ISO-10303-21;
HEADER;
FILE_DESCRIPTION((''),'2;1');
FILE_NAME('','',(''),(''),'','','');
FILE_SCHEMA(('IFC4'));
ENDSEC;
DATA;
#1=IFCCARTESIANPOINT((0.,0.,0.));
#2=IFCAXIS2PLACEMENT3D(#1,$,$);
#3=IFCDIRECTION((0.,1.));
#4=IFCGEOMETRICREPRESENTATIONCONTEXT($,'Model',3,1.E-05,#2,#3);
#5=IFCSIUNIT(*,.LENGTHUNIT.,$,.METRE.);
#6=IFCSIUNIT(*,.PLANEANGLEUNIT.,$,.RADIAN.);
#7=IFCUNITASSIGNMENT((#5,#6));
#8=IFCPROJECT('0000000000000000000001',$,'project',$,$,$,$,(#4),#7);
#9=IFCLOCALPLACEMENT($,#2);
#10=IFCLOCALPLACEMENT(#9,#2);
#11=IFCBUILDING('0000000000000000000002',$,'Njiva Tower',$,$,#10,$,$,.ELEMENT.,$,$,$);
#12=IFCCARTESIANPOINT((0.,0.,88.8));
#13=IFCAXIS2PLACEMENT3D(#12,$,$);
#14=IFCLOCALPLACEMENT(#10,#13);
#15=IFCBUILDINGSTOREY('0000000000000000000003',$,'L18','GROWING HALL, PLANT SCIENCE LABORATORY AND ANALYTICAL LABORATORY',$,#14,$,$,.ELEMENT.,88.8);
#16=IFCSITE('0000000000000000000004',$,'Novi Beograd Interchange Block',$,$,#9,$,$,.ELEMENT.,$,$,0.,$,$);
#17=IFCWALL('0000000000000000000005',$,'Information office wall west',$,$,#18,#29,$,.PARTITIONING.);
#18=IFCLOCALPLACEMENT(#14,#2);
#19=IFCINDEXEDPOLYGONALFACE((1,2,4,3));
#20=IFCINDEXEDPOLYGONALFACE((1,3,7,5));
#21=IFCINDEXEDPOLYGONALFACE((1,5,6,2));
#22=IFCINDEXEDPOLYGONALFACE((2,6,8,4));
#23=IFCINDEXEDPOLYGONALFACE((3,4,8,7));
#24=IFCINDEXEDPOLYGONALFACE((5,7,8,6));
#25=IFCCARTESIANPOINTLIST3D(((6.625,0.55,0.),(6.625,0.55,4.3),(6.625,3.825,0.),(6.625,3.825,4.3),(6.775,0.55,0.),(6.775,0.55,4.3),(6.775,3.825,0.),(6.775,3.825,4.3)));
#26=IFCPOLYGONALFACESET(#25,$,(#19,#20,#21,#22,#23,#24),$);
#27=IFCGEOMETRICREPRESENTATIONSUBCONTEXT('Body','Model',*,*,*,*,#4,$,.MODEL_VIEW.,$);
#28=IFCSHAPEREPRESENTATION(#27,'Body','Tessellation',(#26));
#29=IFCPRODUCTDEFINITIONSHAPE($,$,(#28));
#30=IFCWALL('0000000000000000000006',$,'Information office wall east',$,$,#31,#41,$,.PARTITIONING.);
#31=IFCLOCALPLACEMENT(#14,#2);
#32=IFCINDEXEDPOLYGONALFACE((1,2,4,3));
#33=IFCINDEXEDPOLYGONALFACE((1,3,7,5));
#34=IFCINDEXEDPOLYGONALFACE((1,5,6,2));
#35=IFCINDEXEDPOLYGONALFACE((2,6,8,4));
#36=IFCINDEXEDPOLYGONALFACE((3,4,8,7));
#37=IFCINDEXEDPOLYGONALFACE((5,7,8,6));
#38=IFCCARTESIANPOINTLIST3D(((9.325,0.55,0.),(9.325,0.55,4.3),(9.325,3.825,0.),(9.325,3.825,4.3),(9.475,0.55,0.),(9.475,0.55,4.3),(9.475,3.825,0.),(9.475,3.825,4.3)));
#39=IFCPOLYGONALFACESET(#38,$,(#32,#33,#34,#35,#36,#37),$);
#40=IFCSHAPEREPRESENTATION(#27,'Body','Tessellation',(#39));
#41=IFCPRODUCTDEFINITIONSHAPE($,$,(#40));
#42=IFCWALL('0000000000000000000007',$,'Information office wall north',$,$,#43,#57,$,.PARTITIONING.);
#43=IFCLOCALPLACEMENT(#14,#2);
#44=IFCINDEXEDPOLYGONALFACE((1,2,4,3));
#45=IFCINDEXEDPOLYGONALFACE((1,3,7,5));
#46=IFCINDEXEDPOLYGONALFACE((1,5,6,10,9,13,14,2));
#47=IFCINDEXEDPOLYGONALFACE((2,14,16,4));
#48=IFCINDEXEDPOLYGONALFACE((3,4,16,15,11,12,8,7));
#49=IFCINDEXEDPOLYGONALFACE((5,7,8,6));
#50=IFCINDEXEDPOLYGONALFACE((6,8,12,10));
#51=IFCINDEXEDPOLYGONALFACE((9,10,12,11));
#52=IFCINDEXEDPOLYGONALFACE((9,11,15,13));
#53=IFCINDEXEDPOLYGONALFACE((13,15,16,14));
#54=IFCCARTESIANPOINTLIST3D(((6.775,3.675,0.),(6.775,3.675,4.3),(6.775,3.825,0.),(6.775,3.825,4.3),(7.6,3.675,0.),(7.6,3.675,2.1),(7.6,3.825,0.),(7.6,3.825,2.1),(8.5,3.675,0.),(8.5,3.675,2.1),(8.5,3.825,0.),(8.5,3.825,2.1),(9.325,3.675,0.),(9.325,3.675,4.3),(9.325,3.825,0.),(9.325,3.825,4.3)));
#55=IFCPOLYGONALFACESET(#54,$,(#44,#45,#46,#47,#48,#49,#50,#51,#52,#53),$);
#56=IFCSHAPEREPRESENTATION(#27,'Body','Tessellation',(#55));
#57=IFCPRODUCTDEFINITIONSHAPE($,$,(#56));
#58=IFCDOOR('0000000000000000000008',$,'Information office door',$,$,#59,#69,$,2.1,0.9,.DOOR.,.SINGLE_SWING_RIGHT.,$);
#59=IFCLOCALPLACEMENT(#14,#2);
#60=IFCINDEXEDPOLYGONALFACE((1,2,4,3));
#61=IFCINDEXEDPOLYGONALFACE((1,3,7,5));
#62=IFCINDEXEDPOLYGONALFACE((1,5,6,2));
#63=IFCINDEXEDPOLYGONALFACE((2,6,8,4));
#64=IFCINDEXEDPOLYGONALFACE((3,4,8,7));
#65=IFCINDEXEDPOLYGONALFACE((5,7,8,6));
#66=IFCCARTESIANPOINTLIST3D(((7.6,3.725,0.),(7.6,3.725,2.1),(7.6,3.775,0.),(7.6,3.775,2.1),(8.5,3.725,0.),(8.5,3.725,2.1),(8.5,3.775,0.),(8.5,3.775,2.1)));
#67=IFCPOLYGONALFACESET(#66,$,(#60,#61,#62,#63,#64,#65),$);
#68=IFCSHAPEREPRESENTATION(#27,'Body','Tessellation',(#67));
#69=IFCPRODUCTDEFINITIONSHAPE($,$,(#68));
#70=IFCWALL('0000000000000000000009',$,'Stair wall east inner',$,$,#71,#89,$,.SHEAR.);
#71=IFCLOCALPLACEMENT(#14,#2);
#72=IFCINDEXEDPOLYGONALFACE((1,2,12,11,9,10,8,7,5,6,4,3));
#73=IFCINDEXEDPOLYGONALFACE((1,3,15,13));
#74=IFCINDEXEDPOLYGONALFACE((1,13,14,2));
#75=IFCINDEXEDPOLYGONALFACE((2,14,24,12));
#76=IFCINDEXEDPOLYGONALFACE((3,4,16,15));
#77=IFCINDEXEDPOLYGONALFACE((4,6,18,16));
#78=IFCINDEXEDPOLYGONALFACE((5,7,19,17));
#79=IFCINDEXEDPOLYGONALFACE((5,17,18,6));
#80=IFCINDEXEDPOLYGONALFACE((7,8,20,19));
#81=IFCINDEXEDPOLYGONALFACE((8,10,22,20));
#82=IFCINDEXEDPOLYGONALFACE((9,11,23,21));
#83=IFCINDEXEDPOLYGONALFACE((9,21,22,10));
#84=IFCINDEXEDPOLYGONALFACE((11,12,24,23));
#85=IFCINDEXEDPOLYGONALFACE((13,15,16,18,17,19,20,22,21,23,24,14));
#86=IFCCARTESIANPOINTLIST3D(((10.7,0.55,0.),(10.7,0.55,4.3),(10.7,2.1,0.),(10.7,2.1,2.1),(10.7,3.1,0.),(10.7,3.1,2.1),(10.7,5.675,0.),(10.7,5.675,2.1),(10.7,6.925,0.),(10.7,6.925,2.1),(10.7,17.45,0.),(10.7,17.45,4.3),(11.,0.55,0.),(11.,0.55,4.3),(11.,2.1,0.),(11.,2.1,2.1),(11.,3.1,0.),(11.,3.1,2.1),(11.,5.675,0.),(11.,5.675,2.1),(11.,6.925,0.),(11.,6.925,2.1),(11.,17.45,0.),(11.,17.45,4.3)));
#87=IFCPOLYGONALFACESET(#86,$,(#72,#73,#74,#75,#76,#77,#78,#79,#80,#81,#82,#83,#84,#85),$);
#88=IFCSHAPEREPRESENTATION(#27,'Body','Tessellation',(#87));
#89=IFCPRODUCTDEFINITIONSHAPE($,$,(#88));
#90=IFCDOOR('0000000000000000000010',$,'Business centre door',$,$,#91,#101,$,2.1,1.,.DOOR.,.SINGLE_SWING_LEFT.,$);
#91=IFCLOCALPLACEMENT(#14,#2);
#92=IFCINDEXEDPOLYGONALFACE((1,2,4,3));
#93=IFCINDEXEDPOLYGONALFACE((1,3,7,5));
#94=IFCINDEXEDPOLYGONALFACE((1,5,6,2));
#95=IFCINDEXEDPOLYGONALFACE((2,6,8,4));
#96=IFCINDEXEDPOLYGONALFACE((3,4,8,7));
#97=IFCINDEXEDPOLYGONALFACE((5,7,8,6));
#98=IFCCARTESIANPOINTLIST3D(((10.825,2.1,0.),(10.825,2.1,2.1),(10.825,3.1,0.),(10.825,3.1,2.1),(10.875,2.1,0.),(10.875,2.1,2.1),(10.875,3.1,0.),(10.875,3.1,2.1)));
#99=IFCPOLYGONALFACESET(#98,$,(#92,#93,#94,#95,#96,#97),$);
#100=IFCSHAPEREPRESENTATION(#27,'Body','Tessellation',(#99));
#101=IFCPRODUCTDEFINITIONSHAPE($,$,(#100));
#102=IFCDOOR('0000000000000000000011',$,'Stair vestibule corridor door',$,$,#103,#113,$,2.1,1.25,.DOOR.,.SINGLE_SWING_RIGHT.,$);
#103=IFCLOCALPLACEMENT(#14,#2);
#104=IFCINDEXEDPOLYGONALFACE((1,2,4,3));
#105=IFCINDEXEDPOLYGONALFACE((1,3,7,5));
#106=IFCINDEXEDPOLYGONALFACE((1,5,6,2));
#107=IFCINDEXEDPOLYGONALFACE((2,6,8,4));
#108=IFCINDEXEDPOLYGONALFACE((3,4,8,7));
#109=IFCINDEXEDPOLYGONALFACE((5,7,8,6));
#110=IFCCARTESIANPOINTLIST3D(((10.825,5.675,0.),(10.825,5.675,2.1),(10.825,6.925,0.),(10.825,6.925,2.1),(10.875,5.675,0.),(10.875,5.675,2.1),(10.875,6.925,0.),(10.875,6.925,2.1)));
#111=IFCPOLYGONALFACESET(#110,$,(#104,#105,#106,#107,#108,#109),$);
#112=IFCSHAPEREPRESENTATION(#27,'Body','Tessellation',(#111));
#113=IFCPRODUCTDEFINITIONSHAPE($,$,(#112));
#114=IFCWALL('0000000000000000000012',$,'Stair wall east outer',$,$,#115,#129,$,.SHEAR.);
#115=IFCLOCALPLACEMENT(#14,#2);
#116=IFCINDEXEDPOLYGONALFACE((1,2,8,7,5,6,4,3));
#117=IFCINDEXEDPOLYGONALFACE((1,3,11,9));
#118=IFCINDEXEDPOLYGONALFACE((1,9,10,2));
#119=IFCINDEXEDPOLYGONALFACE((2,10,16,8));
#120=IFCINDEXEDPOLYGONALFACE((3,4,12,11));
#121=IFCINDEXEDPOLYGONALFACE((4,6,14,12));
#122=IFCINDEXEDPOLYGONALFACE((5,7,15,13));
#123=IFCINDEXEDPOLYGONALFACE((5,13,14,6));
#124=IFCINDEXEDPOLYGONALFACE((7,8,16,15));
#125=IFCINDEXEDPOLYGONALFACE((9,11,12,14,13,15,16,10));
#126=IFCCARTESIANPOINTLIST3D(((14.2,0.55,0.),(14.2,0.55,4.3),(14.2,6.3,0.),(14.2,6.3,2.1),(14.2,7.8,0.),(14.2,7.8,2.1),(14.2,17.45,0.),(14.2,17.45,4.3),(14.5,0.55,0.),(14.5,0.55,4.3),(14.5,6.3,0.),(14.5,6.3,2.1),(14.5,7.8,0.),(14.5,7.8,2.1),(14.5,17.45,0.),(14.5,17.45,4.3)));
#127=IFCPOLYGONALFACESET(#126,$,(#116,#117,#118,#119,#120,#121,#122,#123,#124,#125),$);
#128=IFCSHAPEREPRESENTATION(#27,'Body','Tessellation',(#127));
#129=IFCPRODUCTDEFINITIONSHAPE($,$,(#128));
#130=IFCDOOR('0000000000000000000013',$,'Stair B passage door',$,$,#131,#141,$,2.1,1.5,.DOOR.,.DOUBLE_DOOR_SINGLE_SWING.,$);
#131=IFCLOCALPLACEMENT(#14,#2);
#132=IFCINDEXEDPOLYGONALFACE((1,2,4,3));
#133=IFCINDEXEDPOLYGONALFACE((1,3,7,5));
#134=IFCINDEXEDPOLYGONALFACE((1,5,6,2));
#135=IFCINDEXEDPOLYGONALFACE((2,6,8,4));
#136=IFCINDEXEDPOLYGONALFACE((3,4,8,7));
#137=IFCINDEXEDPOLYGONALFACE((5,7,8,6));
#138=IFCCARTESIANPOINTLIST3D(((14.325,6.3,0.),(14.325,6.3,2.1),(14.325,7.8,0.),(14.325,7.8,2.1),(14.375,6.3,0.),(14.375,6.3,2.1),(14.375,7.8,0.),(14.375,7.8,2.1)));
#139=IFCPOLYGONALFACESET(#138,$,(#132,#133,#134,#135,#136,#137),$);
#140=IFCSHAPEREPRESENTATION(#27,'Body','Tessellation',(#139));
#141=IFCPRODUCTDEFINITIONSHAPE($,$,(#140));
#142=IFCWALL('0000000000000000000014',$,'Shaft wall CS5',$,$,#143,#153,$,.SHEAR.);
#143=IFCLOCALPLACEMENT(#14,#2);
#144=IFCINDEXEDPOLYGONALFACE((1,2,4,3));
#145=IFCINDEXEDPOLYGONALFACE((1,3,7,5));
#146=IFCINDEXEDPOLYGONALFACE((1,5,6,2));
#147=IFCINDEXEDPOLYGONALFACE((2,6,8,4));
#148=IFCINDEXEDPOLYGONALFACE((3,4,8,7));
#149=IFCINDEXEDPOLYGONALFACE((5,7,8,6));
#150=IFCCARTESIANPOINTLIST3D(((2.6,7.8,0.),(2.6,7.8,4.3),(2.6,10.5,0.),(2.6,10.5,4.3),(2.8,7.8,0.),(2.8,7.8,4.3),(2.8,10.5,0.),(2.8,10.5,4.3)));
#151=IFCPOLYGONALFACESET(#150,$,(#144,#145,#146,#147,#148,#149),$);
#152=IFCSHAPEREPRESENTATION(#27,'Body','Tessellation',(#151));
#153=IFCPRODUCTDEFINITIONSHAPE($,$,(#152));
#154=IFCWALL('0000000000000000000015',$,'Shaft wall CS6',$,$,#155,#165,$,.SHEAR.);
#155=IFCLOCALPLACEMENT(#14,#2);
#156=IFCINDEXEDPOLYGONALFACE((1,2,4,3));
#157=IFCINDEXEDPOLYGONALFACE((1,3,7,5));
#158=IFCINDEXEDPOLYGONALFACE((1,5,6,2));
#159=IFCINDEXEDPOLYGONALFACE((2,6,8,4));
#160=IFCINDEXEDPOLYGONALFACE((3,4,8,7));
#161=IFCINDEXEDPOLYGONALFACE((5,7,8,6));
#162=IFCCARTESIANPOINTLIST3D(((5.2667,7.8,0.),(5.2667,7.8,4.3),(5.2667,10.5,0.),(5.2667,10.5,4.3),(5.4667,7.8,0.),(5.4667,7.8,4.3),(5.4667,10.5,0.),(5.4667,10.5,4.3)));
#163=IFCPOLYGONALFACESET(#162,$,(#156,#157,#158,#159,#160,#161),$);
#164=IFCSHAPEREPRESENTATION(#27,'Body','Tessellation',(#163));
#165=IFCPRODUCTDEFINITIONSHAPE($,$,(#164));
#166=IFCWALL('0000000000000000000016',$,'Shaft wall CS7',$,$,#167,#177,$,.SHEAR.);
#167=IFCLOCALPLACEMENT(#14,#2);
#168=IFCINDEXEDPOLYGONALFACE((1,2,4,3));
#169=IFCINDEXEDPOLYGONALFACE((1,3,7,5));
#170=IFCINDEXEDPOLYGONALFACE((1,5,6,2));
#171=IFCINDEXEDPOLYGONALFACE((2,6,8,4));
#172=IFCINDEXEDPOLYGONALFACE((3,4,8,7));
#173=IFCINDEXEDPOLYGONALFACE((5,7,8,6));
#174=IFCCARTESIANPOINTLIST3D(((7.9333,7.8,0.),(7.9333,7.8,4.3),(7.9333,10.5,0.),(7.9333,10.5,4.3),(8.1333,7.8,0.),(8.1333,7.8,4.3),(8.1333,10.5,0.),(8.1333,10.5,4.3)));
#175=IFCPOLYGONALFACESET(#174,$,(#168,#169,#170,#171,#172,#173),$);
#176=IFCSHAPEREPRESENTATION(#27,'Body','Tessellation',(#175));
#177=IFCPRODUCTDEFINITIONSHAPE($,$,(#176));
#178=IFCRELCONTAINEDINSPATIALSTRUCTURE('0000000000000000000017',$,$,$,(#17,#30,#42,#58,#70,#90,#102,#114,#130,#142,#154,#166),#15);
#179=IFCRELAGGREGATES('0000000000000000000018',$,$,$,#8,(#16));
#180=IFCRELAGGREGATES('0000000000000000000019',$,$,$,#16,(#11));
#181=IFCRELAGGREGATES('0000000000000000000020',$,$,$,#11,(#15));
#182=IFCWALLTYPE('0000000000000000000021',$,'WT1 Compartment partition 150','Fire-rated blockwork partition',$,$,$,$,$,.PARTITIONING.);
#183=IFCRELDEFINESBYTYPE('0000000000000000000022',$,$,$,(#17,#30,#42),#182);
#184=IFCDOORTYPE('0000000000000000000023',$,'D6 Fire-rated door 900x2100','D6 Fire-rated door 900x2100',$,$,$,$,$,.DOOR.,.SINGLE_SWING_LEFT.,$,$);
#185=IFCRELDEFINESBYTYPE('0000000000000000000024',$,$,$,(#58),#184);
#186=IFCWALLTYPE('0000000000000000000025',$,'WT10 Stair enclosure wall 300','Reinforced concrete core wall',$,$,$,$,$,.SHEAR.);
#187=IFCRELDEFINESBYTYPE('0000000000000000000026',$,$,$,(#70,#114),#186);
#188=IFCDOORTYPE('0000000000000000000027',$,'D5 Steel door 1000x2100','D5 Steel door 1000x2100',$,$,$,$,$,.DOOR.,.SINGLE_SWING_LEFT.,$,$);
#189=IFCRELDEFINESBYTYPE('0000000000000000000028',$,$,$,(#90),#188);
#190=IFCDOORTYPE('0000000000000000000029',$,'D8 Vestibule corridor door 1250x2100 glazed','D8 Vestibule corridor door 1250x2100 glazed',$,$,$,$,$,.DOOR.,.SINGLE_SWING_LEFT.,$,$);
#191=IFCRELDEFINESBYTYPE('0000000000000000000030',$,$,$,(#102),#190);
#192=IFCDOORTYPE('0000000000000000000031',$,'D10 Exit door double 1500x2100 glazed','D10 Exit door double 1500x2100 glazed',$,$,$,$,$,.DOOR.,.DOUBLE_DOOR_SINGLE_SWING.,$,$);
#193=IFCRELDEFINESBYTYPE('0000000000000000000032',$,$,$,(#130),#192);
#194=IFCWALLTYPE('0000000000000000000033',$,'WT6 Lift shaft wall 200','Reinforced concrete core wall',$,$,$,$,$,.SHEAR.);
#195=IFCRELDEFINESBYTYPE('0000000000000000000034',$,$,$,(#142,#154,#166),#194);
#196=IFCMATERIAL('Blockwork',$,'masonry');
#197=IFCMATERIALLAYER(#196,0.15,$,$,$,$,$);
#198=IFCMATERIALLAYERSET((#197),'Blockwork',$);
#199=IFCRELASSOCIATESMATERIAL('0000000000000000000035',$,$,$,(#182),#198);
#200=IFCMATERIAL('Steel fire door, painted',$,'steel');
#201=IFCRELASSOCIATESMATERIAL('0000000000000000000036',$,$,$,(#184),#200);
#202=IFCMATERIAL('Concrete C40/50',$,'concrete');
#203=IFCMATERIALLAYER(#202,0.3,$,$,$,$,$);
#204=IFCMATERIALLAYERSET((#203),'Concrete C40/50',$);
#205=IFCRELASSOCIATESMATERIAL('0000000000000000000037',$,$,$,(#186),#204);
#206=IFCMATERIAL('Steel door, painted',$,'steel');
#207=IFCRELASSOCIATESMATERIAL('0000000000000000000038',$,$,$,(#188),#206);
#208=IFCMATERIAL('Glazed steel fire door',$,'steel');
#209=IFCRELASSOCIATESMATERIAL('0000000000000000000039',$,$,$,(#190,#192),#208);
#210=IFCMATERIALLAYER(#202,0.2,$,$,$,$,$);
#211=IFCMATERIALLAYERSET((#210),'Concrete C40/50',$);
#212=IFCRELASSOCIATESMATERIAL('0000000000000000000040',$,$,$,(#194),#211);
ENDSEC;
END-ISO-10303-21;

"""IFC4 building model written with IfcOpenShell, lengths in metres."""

from ifc_helpers import new_model, si_unit, direction, frame, frame_2d, origin, place, context, subcontext, project, spatial, rectangle, extrude, material, layer, layer_set, type_object, element, fill, save


model = new_model("IFC4")

# Units and contexts
model_context = context("Model", 3, precision=1e-05, world=origin(), true_north=direction((0.0, 1.0)))
body_context = subcontext(model_context, "Body", "Model", "MODEL_VIEW")
ifc_project = project(units=[si_unit("LENGTHUNIT", "METRE"), si_unit("PLANEANGLEUNIT", "RADIAN")], contexts=[model_context])

# Site, building, storey
site_placement = place(None, origin())
site = spatial("IfcSite", under=ifc_project, at=site_placement, Name="Novi Beograd Interchange Block", CompositionType="ELEMENT", RefElevation=0.0)
building_placement = place(site_placement, origin())
building = spatial("IfcBuilding", under=site, at=building_placement, Name="Njiva Tower", CompositionType="ELEMENT")
storey_placement = place(building_placement, frame((0.0, 0.0, 88.8)))
storey = spatial("IfcBuildingStorey", under=building, at=storey_placement, Name="L18", Description="GROWING HALL, PLANT SCIENCE LABORATORY AND ANALYTICAL LABORATORY", CompositionType="ELEMENT", Elevation=88.8)

# Shared definitions
ifc_material_1 = material(Name="Concrete C40/50", Category="concrete")

# Walls
ifc_material_2 = material(Name="Blockwork", Category="masonry")
ifc_layer_1 = layer(ifc_material_2, 0.15)
ifc_layer_set_1 = layer_set([ifc_layer_1], Name="Blockwork")
wall_type_1 = type_object("IfcWallType", Name="WT1 Compartment partition 150", Description="Fire-rated blockwork partition", PredefinedType="PARTITIONING", material=ifc_layer_set_1)
for number, where, z_axis, x_axis, name in (
    (1, (6.7, 0.55, 0.0), (0.0, 0.0, 1.0), (0.0, 1.0, 0.0), "Information office wall west"),
    (2, (9.4, 0.55, 0.0), (0.0, 0.0, 1.0), (0.0, 1.0, 0.0), "Information office wall east"),
):
    element("IfcWall", number, at=place(storey_placement, frame(where, z_axis=z_axis, x_axis=x_axis)), inside=storey, type_object=wall_type_1, Name=name, PredefinedType="PARTITIONING", context=body_context, shape_type="SweptSolid", body=[
        extrude(rectangle(XDim=3.275, YDim=0.15, at=frame_2d((1.6375, 0.0))), origin(), (0.0, 0.0, 1.0), 4.3),
    ])

# Wall, opening, door
wall_1_placement = place(storey_placement, frame((6.775, 3.75, 0.0), z_axis=(0.0, 0.0, 1.0), x_axis=(1.0, 0.0, 0.0)))
wall_1 = element("IfcWall", 3, at=wall_1_placement, inside=storey, type_object=wall_type_1, Name="Information office wall north", PredefinedType="PARTITIONING", context=body_context, shape_type="SweptSolid", body=[
    extrude(rectangle(XDim=2.55, YDim=0.15, at=frame_2d((1.275, 0.0))), origin(), (0.0, 0.0, 1.0), 4.3),
])
opening_1_placement = place(wall_1_placement, frame((0.825, 0.0, 0.0)))
opening_1 = element("IfcOpeningElement", 4, at=opening_1_placement, cuts=wall_1, PredefinedType="OPENING", context=body_context, shape_type="SweptSolid", body=[
    extrude(rectangle(XDim=0.9, YDim=2.1, at=frame_2d((0.45, 1.05))), frame((0.0, 0.085, 0.0), z_axis=(0.0, -1.0, 0.0), x_axis=(1.0, 0.0, 0.0)), (0.0, 0.0, 1.0), 0.17),
])
ifc_material_3 = material(Name="Steel fire door, painted", Category="steel")
door_type_1 = type_object("IfcDoorType", Name="D6 Fire-rated door 900x2100", Description="D6 Fire-rated door 900x2100", OperationType="SINGLE_SWING_LEFT", PredefinedType="DOOR", material=ifc_material_3)
door_1_placement = place(opening_1_placement, origin())
door_1 = element("IfcDoor", 5, at=door_1_placement, inside=storey, type_object=door_type_1, Name="Information office door", OperationType="SINGLE_SWING_RIGHT", OverallHeight=2.1, OverallWidth=0.9, PredefinedType="DOOR", context=body_context, shape_type="SweptSolid", body=[
    extrude(rectangle(XDim=0.9, YDim=2.1, at=frame_2d((0.45, 1.05))), frame((0.0, 0.025, 0.0), z_axis=(0.0, -1.0, 0.0), x_axis=(1.0, 0.0, 0.0)), (0.0, 0.0, 1.0), 0.05),
])
fill(opening_1, door_1)

# Wall, openings, doors
ifc_layer_2 = layer(ifc_material_1, 0.3)
ifc_layer_set_2 = layer_set([ifc_layer_2], Name="Concrete C40/50")
wall_type_2 = type_object("IfcWallType", Name="WT10 Stair enclosure wall 300", Description="Reinforced concrete core wall", PredefinedType="SHEAR", material=ifc_layer_set_2)
wall_2_placement = place(storey_placement, frame((10.85, 0.55, 0.0), z_axis=(0.0, 0.0, 1.0), x_axis=(0.0, 1.0, 0.0)))
wall_2 = element("IfcWall", 6, at=wall_2_placement, inside=storey, type_object=wall_type_2, Name="Stair wall east inner", PredefinedType="SHEAR", context=body_context, shape_type="SweptSolid", body=[
    extrude(rectangle(XDim=16.9, YDim=0.3, at=frame_2d((8.45, 0.0))), origin(), (0.0, 0.0, 1.0), 4.3),
])
opening_2_placement = place(wall_2_placement, frame((5.125, 0.0, 0.0)))
opening_2 = element("IfcOpeningElement", 7, at=opening_2_placement, cuts=wall_2, PredefinedType="OPENING", context=body_context, shape_type="SweptSolid", body=[
    extrude(rectangle(XDim=1.25, YDim=2.1, at=frame_2d((0.625, 1.05))), frame((0.0, 0.16, 0.0), z_axis=(0.0, -1.0, 0.0), x_axis=(1.0, 0.0, 0.0)), (0.0, 0.0, 1.0), 0.32),
])
opening_3_placement = place(wall_2_placement, frame((1.55, 0.0, 0.0)))
opening_3 = element("IfcOpeningElement", 8, at=opening_3_placement, cuts=wall_2, PredefinedType="OPENING", context=body_context, shape_type="SweptSolid", body=[
    extrude(rectangle(XDim=1.0, YDim=2.1, at=frame_2d((0.5, 1.05))), frame((0.0, 0.16, 0.0), z_axis=(0.0, -1.0, 0.0), x_axis=(1.0, 0.0, 0.0)), (0.0, 0.0, 1.0), 0.32),
])
ifc_material_4 = material(Name="Steel door, painted", Category="steel")
door_type_2 = type_object("IfcDoorType", Name="D5 Steel door 1000x2100", Description="D5 Steel door 1000x2100", OperationType="SINGLE_SWING_LEFT", PredefinedType="DOOR", material=ifc_material_4)
door_2_placement = place(opening_3_placement, origin())
door_2 = element("IfcDoor", 9, at=door_2_placement, inside=storey, type_object=door_type_2, Name="Business centre door", OperationType="SINGLE_SWING_LEFT", OverallHeight=2.1, OverallWidth=1.0, PredefinedType="DOOR", context=body_context, shape_type="SweptSolid", body=[
    extrude(rectangle(XDim=1.0, YDim=2.1, at=frame_2d((0.5, 1.05))), frame((0.0, 0.025, 0.0), z_axis=(0.0, -1.0, 0.0), x_axis=(1.0, 0.0, 0.0)), (0.0, 0.0, 1.0), 0.05),
])
fill(opening_3, door_2)
ifc_material_5 = material(Name="Glazed steel fire door", Category="steel")
door_type_3 = type_object("IfcDoorType", Name="D8 Vestibule corridor door 1250x2100 glazed", Description="D8 Vestibule corridor door 1250x2100 glazed", OperationType="SINGLE_SWING_LEFT", PredefinedType="DOOR", material=ifc_material_5)
door_3_placement = place(opening_2_placement, origin())
door_3 = element("IfcDoor", 10, at=door_3_placement, inside=storey, type_object=door_type_3, Name="Stair vestibule corridor door", OperationType="SINGLE_SWING_RIGHT", OverallHeight=2.1, OverallWidth=1.25, PredefinedType="DOOR", context=body_context, shape_type="SweptSolid", body=[
    extrude(rectangle(XDim=1.25, YDim=2.1, at=frame_2d((0.625, 1.05))), frame((0.0, 0.025, 0.0), z_axis=(0.0, -1.0, 0.0), x_axis=(1.0, 0.0, 0.0)), (0.0, 0.0, 1.0), 0.05),
])
fill(opening_2, door_3)

# Wall, opening, door
wall_3_placement = place(storey_placement, frame((14.35, 0.55, 0.0), z_axis=(0.0, 0.0, 1.0), x_axis=(0.0, 1.0, 0.0)))
wall_3 = element("IfcWall", 11, at=wall_3_placement, inside=storey, type_object=wall_type_2, Name="Stair wall east outer", PredefinedType="SHEAR", context=body_context, shape_type="SweptSolid", body=[
    extrude(rectangle(XDim=16.9, YDim=0.3, at=frame_2d((8.45, 0.0))), origin(), (0.0, 0.0, 1.0), 4.3),
])
opening_4_placement = place(wall_3_placement, frame((5.75, 0.0, 0.0)))
opening_4 = element("IfcOpeningElement", 12, at=opening_4_placement, cuts=wall_3, PredefinedType="OPENING", context=body_context, shape_type="SweptSolid", body=[
    extrude(rectangle(XDim=1.5, YDim=2.1, at=frame_2d((0.75, 1.05))), frame((0.0, 0.16, 0.0), z_axis=(0.0, -1.0, 0.0), x_axis=(1.0, 0.0, 0.0)), (0.0, 0.0, 1.0), 0.32),
])
door_type_4 = type_object("IfcDoorType", Name="D10 Exit door double 1500x2100 glazed", Description="D10 Exit door double 1500x2100 glazed", OperationType="DOUBLE_DOOR_SINGLE_SWING", PredefinedType="DOOR", material=ifc_material_5)
door_4_placement = place(opening_4_placement, origin())
door_4 = element("IfcDoor", 13, at=door_4_placement, inside=storey, type_object=door_type_4, Name="Stair B passage door", OperationType="DOUBLE_DOOR_SINGLE_SWING", OverallHeight=2.1, OverallWidth=1.5, PredefinedType="DOOR", context=body_context, shape_type="SweptSolid", body=[
    extrude(rectangle(XDim=1.5, YDim=2.1, at=frame_2d((0.75, 1.05))), frame((0.0, 0.025, 0.0), z_axis=(0.0, -1.0, 0.0), x_axis=(1.0, 0.0, 0.0)), (0.0, 0.0, 1.0), 0.05),
])
fill(opening_4, door_4)

# Walls
ifc_layer_3 = layer(ifc_material_1, 0.2)
ifc_layer_set_3 = layer_set([ifc_layer_3], Name="Concrete C40/50")
wall_type_3 = type_object("IfcWallType", Name="WT6 Lift shaft wall 200", Description="Reinforced concrete core wall", PredefinedType="SHEAR", material=ifc_layer_set_3)
for number, where, z_axis, x_axis, name in (
    (14, (2.7, 7.8, 0.0), (0.0, 0.0, 1.0), (0.0, 1.0, 0.0), "Shaft wall CS5"),
    (15, (5.3667, 7.8, 0.0), (0.0, 0.0, 1.0), (0.0, 1.0, 0.0), "Shaft wall CS6"),
    (16, (8.0333, 7.8, 0.0), (0.0, 0.0, 1.0), (0.0, 1.0, 0.0), "Shaft wall CS7"),
):
    element("IfcWall", number, at=place(storey_placement, frame(where, z_axis=z_axis, x_axis=x_axis)), inside=storey, type_object=wall_type_3, Name=name, PredefinedType="SHEAR", context=body_context, shape_type="SweptSolid", body=[
        extrude(rectangle(XDim=2.7, YDim=0.2, at=frame_2d((1.35, 0.0))), origin(), (0.0, 0.0, 1.0), 4.3),
    ])

save(model, "model.ifc")
